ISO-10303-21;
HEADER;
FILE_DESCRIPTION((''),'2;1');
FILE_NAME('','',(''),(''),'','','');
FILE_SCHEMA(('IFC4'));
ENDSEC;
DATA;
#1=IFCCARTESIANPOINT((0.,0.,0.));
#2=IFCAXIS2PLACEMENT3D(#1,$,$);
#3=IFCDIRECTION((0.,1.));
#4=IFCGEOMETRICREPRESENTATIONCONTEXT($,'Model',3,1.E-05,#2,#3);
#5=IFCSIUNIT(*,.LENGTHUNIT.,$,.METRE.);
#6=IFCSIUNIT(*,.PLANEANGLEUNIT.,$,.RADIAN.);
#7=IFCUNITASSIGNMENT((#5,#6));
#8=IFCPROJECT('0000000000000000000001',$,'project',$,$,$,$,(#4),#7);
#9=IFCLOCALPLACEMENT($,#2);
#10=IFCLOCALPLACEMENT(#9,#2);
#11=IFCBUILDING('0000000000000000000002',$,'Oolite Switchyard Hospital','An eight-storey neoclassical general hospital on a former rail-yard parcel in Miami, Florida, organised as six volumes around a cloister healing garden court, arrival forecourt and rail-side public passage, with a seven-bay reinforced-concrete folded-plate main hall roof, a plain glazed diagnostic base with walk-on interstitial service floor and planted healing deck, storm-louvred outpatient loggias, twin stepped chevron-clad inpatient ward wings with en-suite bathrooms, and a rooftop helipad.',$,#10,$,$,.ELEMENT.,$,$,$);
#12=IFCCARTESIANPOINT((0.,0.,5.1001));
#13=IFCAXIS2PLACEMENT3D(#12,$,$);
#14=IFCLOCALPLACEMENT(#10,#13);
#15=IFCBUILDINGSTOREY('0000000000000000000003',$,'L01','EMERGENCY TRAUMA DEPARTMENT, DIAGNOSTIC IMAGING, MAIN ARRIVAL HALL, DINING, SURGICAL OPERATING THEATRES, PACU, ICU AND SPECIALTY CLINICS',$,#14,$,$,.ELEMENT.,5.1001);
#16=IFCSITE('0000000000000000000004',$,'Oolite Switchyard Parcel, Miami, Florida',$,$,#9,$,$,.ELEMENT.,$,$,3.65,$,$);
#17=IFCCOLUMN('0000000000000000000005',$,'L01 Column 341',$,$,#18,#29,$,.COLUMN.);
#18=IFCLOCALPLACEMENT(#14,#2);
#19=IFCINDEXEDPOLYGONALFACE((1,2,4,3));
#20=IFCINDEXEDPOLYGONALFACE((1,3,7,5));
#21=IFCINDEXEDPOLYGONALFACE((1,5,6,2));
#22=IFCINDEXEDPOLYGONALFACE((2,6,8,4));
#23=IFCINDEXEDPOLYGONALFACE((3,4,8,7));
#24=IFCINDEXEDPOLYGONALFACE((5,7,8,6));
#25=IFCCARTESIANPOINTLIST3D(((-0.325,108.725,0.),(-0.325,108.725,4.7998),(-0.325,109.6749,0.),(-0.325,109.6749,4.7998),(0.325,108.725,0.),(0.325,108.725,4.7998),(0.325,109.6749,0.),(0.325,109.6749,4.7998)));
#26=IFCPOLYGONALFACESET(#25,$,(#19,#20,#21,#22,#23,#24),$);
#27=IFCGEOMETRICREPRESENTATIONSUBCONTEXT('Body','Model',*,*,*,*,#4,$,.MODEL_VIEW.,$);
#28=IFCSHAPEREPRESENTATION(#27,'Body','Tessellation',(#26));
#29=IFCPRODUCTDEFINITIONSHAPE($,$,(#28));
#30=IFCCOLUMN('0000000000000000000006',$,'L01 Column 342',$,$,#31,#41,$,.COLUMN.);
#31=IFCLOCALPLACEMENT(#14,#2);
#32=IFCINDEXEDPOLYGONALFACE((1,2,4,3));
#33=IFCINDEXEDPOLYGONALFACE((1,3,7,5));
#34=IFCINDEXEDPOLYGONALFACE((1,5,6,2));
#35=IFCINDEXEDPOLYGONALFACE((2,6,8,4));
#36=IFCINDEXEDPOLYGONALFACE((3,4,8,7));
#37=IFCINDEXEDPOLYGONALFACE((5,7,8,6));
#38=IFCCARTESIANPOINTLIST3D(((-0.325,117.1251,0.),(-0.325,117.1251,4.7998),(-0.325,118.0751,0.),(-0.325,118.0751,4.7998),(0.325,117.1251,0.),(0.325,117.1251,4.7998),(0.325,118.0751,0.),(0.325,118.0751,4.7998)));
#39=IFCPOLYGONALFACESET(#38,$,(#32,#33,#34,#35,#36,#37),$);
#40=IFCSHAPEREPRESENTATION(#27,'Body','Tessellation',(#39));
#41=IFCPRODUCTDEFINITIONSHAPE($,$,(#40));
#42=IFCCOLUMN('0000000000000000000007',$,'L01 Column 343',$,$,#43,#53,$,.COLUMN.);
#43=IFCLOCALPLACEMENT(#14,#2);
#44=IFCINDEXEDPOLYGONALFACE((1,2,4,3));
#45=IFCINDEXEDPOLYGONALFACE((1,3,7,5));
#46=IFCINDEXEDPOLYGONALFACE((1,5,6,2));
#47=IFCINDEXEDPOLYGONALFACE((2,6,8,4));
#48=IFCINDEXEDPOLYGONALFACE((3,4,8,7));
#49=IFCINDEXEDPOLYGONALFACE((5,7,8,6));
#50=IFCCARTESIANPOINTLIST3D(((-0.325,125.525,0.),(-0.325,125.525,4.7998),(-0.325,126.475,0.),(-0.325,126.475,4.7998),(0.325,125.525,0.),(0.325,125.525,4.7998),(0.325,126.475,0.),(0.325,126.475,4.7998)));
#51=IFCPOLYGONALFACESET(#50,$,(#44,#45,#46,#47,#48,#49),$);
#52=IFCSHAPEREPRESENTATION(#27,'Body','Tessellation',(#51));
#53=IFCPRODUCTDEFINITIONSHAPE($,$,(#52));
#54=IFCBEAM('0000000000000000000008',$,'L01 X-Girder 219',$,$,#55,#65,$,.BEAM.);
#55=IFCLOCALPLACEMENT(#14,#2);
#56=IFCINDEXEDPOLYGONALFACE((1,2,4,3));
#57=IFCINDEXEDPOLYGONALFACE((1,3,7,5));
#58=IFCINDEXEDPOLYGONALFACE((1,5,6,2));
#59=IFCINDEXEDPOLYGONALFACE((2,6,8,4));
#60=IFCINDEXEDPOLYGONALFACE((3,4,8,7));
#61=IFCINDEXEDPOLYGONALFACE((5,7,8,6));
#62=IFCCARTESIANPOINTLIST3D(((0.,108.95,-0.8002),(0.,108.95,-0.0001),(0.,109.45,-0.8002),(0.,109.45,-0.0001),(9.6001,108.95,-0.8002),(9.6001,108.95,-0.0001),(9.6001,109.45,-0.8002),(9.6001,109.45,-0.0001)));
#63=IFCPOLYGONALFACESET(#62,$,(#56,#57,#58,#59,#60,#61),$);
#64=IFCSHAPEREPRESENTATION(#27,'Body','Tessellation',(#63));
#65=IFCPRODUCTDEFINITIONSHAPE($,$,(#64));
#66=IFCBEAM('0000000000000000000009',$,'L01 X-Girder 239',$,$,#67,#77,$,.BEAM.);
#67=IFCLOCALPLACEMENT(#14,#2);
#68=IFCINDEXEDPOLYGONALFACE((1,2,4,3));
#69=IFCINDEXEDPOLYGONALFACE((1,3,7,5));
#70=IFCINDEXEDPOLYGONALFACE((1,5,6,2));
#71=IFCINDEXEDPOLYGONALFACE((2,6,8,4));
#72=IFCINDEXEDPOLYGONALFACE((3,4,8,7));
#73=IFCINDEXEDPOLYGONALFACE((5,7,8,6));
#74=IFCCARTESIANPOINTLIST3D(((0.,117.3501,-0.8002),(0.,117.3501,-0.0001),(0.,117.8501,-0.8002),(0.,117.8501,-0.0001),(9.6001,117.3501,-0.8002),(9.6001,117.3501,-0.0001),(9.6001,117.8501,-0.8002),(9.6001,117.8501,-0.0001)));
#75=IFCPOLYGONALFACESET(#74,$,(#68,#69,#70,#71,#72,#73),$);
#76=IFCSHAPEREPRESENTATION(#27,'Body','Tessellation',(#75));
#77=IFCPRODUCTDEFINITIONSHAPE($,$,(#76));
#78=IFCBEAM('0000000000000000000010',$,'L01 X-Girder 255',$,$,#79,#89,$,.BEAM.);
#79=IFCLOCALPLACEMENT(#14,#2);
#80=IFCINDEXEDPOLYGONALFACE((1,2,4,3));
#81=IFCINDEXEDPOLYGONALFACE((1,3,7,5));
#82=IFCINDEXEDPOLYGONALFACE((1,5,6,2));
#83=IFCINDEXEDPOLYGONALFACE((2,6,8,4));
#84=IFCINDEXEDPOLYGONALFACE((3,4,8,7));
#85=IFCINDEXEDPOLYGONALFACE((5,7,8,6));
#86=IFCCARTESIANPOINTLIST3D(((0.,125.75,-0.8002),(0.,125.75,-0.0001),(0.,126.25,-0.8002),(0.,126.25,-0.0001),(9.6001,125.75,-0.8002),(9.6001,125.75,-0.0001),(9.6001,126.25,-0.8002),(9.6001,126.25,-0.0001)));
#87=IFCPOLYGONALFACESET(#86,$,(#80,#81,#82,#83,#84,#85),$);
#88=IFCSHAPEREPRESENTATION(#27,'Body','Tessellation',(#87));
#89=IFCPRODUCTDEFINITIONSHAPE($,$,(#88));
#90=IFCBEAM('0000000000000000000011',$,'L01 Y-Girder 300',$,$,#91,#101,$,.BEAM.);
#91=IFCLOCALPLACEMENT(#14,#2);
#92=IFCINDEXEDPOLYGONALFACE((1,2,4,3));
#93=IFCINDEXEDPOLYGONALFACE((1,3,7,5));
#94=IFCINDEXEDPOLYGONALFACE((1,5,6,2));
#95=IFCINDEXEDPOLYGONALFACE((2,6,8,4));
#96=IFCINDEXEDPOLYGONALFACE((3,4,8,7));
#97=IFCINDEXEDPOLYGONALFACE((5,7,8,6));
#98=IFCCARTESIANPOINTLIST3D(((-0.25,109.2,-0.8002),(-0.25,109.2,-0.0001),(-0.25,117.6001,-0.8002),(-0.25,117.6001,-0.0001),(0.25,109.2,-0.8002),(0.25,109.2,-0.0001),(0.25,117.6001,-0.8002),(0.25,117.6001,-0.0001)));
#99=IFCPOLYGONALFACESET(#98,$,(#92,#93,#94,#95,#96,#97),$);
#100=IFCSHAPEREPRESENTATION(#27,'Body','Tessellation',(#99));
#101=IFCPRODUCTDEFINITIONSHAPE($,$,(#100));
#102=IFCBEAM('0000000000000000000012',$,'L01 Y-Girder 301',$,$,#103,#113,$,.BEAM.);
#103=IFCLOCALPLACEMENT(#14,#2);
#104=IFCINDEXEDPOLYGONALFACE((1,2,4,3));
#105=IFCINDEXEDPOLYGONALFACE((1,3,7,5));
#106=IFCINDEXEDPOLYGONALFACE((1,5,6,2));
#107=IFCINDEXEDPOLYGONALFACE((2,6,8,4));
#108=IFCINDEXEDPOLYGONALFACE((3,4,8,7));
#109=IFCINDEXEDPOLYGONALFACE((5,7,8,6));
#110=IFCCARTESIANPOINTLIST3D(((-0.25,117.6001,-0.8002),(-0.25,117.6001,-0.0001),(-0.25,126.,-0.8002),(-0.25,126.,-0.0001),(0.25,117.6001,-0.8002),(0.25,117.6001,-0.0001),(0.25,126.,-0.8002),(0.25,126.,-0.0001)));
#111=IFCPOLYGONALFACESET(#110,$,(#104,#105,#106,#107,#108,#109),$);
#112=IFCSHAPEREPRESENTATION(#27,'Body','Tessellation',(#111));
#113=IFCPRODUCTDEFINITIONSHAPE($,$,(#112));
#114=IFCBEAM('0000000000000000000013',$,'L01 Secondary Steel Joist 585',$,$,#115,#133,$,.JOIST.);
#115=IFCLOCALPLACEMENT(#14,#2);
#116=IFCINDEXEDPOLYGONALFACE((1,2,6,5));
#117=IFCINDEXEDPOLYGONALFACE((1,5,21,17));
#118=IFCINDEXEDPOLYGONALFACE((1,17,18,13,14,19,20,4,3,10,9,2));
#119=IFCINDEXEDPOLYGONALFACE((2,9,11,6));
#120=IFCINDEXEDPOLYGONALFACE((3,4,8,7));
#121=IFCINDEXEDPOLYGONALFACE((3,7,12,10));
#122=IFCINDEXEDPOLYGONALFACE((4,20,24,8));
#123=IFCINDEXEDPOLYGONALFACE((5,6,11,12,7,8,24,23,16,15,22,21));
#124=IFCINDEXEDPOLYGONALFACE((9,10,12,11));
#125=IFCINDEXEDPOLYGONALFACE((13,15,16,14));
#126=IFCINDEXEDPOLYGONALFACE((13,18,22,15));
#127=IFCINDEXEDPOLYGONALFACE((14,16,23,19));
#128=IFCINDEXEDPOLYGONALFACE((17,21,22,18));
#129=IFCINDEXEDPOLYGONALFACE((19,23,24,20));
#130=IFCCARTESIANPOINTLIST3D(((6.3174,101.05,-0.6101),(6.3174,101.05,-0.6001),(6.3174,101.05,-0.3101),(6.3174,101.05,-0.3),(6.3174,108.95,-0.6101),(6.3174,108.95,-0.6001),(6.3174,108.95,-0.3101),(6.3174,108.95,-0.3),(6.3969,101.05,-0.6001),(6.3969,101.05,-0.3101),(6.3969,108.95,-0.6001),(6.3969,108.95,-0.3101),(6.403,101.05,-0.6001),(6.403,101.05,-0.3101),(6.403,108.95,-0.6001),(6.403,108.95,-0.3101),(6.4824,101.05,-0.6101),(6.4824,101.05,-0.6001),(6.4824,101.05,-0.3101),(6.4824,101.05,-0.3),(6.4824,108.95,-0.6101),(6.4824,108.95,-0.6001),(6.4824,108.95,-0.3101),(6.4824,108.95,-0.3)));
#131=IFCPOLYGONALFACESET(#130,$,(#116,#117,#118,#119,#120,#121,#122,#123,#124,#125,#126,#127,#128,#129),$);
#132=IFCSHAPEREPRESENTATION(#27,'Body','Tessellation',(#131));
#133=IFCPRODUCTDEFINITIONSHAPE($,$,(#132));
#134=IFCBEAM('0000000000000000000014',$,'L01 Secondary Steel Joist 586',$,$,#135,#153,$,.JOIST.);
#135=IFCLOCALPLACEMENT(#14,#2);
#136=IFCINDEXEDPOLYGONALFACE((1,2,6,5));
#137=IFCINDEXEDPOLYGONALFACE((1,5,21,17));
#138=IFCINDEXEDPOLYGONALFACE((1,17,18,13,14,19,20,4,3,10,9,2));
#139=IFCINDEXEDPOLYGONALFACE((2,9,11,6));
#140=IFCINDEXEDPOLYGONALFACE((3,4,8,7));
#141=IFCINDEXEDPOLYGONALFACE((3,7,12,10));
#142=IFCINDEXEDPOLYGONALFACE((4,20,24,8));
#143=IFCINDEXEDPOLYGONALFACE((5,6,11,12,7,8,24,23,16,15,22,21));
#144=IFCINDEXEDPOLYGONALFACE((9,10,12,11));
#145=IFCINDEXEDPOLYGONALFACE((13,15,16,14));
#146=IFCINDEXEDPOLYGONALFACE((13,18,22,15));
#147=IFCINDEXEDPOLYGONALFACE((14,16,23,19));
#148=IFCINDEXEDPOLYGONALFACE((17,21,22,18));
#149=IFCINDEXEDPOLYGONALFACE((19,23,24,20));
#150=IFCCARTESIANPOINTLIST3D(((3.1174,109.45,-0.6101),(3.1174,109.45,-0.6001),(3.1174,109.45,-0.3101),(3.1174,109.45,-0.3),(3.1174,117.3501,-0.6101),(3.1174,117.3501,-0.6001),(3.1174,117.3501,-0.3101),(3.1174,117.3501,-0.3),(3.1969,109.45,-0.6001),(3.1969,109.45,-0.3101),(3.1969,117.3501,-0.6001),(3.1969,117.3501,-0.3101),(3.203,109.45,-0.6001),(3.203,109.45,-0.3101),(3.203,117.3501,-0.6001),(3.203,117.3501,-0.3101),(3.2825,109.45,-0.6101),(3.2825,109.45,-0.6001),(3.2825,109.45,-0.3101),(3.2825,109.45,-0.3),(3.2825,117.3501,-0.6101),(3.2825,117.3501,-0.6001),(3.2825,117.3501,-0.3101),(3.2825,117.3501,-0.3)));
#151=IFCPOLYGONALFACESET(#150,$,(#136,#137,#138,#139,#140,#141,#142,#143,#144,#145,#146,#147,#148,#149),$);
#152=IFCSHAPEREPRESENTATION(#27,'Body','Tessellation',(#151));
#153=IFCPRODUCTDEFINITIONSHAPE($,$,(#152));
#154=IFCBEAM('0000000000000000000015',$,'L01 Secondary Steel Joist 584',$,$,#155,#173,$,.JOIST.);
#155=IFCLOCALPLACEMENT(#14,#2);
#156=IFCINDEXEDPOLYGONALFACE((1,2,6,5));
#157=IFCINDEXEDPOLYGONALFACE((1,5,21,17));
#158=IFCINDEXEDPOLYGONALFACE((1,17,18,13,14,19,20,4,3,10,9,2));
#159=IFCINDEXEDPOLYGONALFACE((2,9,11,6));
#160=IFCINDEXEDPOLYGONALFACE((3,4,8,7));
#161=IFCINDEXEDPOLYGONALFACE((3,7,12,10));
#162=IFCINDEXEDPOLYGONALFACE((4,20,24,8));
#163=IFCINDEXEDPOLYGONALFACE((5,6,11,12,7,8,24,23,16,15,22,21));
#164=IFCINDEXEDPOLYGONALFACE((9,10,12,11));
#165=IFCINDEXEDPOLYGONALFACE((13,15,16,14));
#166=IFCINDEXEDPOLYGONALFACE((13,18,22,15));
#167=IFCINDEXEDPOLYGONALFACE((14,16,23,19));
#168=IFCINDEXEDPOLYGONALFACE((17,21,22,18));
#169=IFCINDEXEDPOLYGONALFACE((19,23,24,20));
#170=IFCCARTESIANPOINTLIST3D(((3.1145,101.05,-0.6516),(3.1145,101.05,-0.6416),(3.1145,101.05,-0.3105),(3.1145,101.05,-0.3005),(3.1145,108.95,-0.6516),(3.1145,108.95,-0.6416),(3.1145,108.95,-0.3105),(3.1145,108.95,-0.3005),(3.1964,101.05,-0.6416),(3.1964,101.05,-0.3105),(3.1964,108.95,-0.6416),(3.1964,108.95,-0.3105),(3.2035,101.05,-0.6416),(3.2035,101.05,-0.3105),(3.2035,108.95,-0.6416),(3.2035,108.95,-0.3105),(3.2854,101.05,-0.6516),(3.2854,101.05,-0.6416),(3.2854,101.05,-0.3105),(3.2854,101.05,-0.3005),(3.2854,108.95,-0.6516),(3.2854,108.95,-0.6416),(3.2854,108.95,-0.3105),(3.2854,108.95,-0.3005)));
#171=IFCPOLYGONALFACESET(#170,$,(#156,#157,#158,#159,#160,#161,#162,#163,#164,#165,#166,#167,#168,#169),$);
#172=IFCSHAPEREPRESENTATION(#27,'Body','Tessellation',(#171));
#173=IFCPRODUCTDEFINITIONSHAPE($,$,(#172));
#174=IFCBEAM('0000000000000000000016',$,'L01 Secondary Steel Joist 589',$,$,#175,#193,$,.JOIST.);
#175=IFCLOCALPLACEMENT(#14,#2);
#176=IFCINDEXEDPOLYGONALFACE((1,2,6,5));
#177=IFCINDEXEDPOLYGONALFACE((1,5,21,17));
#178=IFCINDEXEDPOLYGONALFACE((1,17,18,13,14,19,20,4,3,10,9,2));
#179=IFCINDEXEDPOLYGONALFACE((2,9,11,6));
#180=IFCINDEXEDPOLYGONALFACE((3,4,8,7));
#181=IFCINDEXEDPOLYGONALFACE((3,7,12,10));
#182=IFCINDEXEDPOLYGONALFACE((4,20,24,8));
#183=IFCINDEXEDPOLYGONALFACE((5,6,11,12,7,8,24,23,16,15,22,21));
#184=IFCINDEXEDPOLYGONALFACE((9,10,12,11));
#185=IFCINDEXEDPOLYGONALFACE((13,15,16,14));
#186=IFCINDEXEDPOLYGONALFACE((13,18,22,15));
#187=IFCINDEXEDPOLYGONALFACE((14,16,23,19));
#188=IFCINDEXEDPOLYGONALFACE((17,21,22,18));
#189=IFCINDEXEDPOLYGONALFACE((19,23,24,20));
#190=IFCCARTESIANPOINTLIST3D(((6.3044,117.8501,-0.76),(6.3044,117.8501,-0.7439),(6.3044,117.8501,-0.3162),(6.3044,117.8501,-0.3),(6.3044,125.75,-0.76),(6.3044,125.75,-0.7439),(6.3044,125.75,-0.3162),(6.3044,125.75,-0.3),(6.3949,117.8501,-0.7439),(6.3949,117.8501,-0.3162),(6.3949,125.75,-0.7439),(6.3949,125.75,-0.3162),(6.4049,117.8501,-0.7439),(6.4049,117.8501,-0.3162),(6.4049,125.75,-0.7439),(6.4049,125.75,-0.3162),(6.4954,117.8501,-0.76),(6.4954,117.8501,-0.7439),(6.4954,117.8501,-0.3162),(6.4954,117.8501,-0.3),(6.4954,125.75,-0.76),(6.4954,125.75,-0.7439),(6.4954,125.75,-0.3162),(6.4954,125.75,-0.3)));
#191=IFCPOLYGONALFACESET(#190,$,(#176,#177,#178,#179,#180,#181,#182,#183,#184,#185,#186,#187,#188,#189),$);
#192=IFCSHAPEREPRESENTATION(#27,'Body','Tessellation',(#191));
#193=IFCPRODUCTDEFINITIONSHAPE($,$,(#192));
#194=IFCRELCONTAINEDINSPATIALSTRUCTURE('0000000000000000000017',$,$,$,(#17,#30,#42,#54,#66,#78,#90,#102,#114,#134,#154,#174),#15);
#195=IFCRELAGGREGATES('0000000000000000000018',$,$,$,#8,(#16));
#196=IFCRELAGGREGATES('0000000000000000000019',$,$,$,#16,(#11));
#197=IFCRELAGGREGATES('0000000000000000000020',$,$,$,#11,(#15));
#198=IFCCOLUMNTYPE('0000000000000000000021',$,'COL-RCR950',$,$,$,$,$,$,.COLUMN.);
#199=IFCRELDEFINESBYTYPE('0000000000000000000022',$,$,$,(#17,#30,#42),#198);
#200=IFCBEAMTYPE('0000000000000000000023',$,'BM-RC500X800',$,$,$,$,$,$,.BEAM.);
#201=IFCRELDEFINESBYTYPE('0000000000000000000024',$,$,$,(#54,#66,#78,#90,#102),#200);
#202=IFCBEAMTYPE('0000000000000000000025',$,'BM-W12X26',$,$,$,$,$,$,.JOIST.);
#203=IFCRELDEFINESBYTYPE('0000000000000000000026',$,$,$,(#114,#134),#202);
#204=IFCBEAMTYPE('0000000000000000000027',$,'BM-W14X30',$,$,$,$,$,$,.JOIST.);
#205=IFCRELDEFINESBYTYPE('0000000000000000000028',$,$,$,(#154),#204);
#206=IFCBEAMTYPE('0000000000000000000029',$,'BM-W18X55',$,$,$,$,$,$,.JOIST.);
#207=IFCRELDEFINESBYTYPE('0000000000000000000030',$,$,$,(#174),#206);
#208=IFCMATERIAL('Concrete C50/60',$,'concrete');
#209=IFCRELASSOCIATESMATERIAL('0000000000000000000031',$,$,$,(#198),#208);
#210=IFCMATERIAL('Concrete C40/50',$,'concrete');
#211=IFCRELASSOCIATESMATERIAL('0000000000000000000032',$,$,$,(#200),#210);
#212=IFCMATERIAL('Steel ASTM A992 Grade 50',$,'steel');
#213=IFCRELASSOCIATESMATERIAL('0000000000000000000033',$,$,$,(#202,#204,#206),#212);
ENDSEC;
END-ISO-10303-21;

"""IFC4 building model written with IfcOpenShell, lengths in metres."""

from ifc_helpers import new_model, si_unit, direction, frame, origin, origin_2d, place, context, subcontext, project, spatial, rectangle, i_section, extrude, material, material_profile, profile_set, type_object, element, save


model = new_model("IFC4")

# Units and contexts
model_context = context("Model", 3, precision=1e-05, world=origin(), true_north=direction((0.0, 1.0)))
body_context = subcontext(model_context, "Body", "Model", "MODEL_VIEW")
ifc_project = project(units=[si_unit("LENGTHUNIT", "METRE"), si_unit("PLANEANGLEUNIT", "RADIAN")], contexts=[model_context])

# Site, building, storey
site_placement = place(None, origin())
site = spatial("IfcSite", under=ifc_project, at=site_placement, Name="Oolite Switchyard Parcel, Miami, Florida", CompositionType="ELEMENT", RefElevation=3.65)
building_placement = place(site_placement, origin())
building = spatial("IfcBuilding", under=site, at=building_placement, Name="Oolite Switchyard Hospital", Description="An eight-storey neoclassical general hospital on a former rail-yard parcel in Miami, Florida, organised as six volumes around a cloister healing garden court, arrival forecourt and rail-side public passage, with a seven-bay reinforced-concrete folded-plate main hall roof, a plain glazed diagnostic base with walk-on interstitial service floor and planted healing deck, storm-louvred outpatient loggias, twin stepped chevron-clad inpatient ward wings with en-suite bathrooms, and a rooftop helipad.", CompositionType="ELEMENT")
storey_placement = place(building_placement, frame((0.0, 0.0, 5.1001)))
storey = spatial("IfcBuildingStorey", under=building, at=storey_placement, Name="L01", Description="EMERGENCY TRAUMA DEPARTMENT, DIAGNOSTIC IMAGING, MAIN ARRIVAL HALL, DINING, SURGICAL OPERATING THEATRES, PACU, ICU AND SPECIALTY CLINICS", CompositionType="ELEMENT", Elevation=5.1001)

# Columns
ifc_material_1 = material(Name="Concrete C50/60", Category="concrete")
ifc_material_profile_1 = material_profile(ifc_material_1, rectangle(XDim=0.95, YDim=0.6499, at=origin_2d()), Name="RC950X650")
ifc_profile_set_1 = profile_set([ifc_material_profile_1], Name="Concrete C50/60")
column_type = type_object("IfcColumnType", Name="COL-RCR950", PredefinedType="COLUMN", material=ifc_profile_set_1)
for number, where, z_axis, x_axis, name in (
    (1, (0.0, 109.2, 0.0), (0.0, 0.0, 1.0), (0.0, 1.0, 0.0), "L01 Column 341"),
    (2, (0.0, 117.6001, 0.0), (0.0, 0.0, 1.0), (0.0, 1.0, 0.0), "L01 Column 342"),
    (3, (0.0, 126.0, 0.0), (0.0, 0.0, 1.0), (0.0, 1.0, 0.0), "L01 Column 343"),
):
    element("IfcColumn", number, at=place(storey_placement, frame(where, z_axis=z_axis, x_axis=x_axis)), inside=storey, type_object=column_type, Name=name, PredefinedType="COLUMN", context=body_context, shape_type="SweptSolid", body=[
        extrude(rectangle(XDim=0.95, YDim=0.6499, at=origin_2d()), origin(), (0.0, 0.0, 1.0), 4.7998),
    ])

# Beams
ifc_material_2 = material(Name="Concrete C40/50", Category="concrete")
ifc_material_profile_2 = material_profile(ifc_material_2, rectangle(XDim=0.5, YDim=0.8, at=origin_2d()), Name="RCB500X800")
ifc_profile_set_2 = profile_set([ifc_material_profile_2], Name="Concrete C40/50")
beam_type_1 = type_object("IfcBeamType", Name="BM-RC500X800", PredefinedType="BEAM", material=ifc_profile_set_2)
for number, where, z_axis, x_axis, name in (
    (4, (0.0, 109.2, -0.4001), (1.0, 0.0, 0.0), (0.0, 1.0, 0.0), "L01 X-Girder 219"),
    (5, (0.0, 117.6001, -0.4001), (1.0, 0.0, 0.0), (0.0, 1.0, 0.0), "L01 X-Girder 239"),
    (6, (0.0, 126.0, -0.4001), (1.0, 0.0, 0.0), (0.0, 1.0, 0.0), "L01 X-Girder 255"),
):
    element("IfcBeam", number, at=place(storey_placement, frame(where, z_axis=z_axis, x_axis=x_axis)), inside=storey, type_object=beam_type_1, Name=name, PredefinedType="BEAM", context=body_context, shape_type="SweptSolid", body=[
        extrude(rectangle(XDim=0.5, YDim=0.8, at=origin_2d()), origin(), (0.0, 0.0, 1.0), 9.6001),
    ])
beam_1_placement = place(storey_placement, frame((0.0, 109.2, -0.4001), z_axis=(0.0, 1.0, 0.0), x_axis=(-1.0, 0.0, 0.0)))
element("IfcBeam", 7, at=beam_1_placement, inside=storey, type_object=beam_type_1, Name="L01 Y-Girder 300", PredefinedType="BEAM", context=body_context, shape_type="SweptSolid", body=[
    extrude(rectangle(XDim=0.5, YDim=0.8, at=origin_2d()), origin(), (0.0, 0.0, 1.0), 8.4001),
])
beam_2_placement = place(storey_placement, frame((0.0, 117.6001, -0.4001), z_axis=(0.0, 1.0, 0.0), x_axis=(-1.0, 0.0, 0.0)))
element("IfcBeam", 8, at=beam_2_placement, inside=storey, type_object=beam_type_1, Name="L01 Y-Girder 301", PredefinedType="BEAM", context=body_context, shape_type="SweptSolid", body=[
    extrude(rectangle(XDim=0.5, YDim=0.8, at=origin_2d()), origin(), (0.0, 0.0, 1.0), 8.3999),
])
ifc_material_3 = material(Name="Steel ASTM A992 Grade 50", Category="steel")
ifc_material_profile_3 = material_profile(ifc_material_3, i_section(OverallWidth=0.165, OverallDepth=0.3101, WebThickness=0.0061, FlangeThickness=0.01, at=origin_2d()), Name="W12X26")
ifc_profile_set_3 = profile_set([ifc_material_profile_3], Name="Steel ASTM A992 Grade 50")
beam_type_2 = type_object("IfcBeamType", Name="BM-W12X26", PredefinedType="JOIST", material=ifc_profile_set_3)
beam_3_placement = place(storey_placement, frame((6.3999, 101.05, -0.4551), z_axis=(0.0, 1.0, 0.0), x_axis=(-1.0, 0.0, 0.0)))
element("IfcBeam", 9, at=beam_3_placement, inside=storey, type_object=beam_type_2, Name="L01 Secondary Steel Joist 585", PredefinedType="JOIST", context=body_context, shape_type="SweptSolid", body=[
    extrude(i_section(OverallWidth=0.165, OverallDepth=0.3101, WebThickness=0.0061, FlangeThickness=0.01, at=origin_2d()), origin(), (0.0, 0.0, 1.0), 7.8999),
])
beam_4_placement = place(storey_placement, frame((3.2, 109.45, -0.4551), z_axis=(0.0, 1.0, 0.0), x_axis=(-1.0, 0.0, 0.0)))
element("IfcBeam", 10, at=beam_4_placement, inside=storey, type_object=beam_type_2, Name="L01 Secondary Steel Joist 586", PredefinedType="JOIST", context=body_context, shape_type="SweptSolid", body=[
    extrude(i_section(OverallWidth=0.165, OverallDepth=0.3101, WebThickness=0.0061, FlangeThickness=0.01, at=origin_2d()), origin(), (0.0, 0.0, 1.0), 7.9001),
])
ifc_material_profile_4 = material_profile(ifc_material_3, i_section(OverallWidth=0.1709, OverallDepth=0.3511, WebThickness=0.0071, FlangeThickness=0.01, at=origin_2d()), Name="W14X30")
ifc_profile_set_4 = profile_set([ifc_material_profile_4], Name="Steel ASTM A992 Grade 50")
beam_type_3 = type_object("IfcBeamType", Name="BM-W14X30", PredefinedType="JOIST", material=ifc_profile_set_4)
beam_5_placement = place(storey_placement, frame((3.2, 101.05, -0.4761), z_axis=(0.0, 1.0, 0.0), x_axis=(-1.0, 0.0, 0.0)))
element("IfcBeam", 11, at=beam_5_placement, inside=storey, type_object=beam_type_3, Name="L01 Secondary Steel Joist 584", PredefinedType="JOIST", context=body_context, shape_type="SweptSolid", body=[
    extrude(i_section(OverallWidth=0.1709, OverallDepth=0.3511, WebThickness=0.0071, FlangeThickness=0.01, at=origin_2d()), origin(), (0.0, 0.0, 1.0), 7.8999),
])
ifc_material_profile_5 = material_profile(ifc_material_3, i_section(OverallWidth=0.1909, OverallDepth=0.46, WebThickness=0.01, FlangeThickness=0.0161, at=origin_2d()), Name="W18X55")
ifc_profile_set_5 = profile_set([ifc_material_profile_5], Name="Steel ASTM A992 Grade 50")
beam_type_4 = type_object("IfcBeamType", Name="BM-W18X55", PredefinedType="JOIST", material=ifc_profile_set_5)
beam_6_placement = place(storey_placement, frame((6.3999, 117.8501, -0.53), z_axis=(0.0, 1.0, 0.0), x_axis=(-1.0, 0.0, 0.0)))
element("IfcBeam", 12, at=beam_6_placement, inside=storey, type_object=beam_type_4, Name="L01 Secondary Steel Joist 589", PredefinedType="JOIST", context=body_context, shape_type="SweptSolid", body=[
    extrude(i_section(OverallWidth=0.1909, OverallDepth=0.46, WebThickness=0.01, FlangeThickness=0.0161, at=origin_2d()), origin(), (0.0, 0.0, 1.0), 7.8999),
])

save(model, "model.ifc")
